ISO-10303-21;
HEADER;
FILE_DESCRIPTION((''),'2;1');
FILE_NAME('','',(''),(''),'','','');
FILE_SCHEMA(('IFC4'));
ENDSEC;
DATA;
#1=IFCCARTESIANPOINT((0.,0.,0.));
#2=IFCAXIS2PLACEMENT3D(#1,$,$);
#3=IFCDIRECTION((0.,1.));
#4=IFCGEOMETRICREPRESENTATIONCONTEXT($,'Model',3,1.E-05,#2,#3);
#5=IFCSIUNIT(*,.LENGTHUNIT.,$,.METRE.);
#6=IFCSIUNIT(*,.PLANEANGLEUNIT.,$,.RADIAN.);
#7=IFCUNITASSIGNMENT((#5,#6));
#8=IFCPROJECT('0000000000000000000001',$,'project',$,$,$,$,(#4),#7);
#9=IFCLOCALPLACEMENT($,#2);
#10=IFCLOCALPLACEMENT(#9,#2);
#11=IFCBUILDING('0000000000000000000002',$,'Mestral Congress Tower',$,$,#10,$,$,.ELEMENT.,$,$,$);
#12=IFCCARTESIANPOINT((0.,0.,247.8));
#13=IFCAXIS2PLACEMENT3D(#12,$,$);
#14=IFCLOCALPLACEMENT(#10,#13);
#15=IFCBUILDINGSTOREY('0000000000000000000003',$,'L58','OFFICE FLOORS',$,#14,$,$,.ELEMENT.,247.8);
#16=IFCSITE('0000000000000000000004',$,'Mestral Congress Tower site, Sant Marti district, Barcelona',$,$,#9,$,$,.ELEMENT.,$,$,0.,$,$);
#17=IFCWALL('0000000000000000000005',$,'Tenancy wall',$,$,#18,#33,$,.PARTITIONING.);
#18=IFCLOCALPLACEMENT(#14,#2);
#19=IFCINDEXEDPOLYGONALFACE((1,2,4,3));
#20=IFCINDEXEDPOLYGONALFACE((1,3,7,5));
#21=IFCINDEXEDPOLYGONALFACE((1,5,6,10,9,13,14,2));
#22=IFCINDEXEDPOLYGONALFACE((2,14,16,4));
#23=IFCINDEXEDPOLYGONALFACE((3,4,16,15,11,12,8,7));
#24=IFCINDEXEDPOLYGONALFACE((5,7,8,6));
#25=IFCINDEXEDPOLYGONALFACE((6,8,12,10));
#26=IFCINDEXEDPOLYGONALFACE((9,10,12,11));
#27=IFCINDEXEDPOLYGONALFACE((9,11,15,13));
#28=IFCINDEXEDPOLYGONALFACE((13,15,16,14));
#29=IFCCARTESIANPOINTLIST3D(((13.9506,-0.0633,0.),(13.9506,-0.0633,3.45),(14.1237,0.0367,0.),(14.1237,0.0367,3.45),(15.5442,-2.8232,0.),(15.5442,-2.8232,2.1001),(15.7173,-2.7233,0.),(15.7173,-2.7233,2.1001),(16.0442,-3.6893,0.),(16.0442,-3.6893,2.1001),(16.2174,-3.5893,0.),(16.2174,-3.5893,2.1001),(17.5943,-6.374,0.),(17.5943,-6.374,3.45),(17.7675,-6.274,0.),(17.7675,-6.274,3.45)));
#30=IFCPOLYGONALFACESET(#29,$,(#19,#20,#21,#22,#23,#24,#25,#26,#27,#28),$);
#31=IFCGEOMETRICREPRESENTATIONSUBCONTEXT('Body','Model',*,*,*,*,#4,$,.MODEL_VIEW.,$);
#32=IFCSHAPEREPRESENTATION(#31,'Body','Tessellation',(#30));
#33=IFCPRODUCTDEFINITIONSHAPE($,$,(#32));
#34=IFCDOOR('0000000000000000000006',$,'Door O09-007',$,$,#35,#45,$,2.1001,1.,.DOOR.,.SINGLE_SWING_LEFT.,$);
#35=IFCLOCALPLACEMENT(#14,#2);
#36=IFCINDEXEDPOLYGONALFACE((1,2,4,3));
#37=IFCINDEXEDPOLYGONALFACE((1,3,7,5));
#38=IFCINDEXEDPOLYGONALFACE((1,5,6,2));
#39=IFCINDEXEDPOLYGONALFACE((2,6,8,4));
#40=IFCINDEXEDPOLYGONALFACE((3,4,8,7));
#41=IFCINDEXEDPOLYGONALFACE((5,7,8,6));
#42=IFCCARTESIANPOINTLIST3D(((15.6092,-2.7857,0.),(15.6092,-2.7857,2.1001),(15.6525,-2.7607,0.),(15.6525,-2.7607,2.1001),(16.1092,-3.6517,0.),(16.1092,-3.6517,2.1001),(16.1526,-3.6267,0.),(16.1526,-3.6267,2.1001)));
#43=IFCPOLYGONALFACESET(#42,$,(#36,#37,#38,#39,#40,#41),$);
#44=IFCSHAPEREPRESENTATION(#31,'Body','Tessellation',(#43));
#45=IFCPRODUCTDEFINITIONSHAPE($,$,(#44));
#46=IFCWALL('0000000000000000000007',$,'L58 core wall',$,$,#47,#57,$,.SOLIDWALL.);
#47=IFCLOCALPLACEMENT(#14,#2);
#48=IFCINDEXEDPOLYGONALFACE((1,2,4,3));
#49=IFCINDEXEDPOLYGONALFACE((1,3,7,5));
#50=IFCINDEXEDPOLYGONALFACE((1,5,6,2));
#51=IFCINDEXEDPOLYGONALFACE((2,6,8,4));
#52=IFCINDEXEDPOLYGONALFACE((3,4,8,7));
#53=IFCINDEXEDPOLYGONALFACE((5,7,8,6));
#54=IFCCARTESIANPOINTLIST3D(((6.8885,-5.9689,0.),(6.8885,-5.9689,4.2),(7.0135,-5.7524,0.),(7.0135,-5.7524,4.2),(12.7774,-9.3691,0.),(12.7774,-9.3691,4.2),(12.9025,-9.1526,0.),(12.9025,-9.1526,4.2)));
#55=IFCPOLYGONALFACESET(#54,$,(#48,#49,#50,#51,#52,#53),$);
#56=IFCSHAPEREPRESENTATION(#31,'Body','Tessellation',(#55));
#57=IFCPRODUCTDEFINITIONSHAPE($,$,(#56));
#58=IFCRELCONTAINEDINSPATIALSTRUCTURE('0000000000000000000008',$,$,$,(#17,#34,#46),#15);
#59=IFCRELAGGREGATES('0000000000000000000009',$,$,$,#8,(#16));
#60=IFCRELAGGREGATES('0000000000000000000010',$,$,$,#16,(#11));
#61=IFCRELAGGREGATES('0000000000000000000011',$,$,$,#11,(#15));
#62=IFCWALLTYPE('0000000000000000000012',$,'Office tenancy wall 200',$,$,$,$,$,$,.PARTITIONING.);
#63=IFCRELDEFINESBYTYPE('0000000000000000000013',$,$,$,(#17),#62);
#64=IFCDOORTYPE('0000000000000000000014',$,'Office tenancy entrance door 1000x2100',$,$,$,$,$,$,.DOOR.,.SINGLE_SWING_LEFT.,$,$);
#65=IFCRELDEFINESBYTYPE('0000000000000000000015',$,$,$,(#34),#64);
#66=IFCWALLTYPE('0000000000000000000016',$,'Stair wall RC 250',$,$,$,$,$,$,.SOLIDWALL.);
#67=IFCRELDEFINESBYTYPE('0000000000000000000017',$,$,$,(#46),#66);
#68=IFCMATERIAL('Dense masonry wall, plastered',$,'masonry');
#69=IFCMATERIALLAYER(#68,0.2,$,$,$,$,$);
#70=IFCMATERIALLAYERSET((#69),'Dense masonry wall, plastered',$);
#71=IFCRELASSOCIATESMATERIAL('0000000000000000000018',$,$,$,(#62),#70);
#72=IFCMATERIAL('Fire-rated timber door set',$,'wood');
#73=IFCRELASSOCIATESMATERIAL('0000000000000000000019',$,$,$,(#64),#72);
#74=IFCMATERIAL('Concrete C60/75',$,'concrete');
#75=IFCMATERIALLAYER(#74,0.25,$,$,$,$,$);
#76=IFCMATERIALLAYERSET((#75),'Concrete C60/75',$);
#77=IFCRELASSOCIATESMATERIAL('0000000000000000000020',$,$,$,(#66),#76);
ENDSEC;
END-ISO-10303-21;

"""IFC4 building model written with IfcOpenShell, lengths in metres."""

from ifc_helpers import new_model, si_unit, direction, frame, frame_2d, origin, place, context, subcontext, project, spatial, rectangle, extrude, material, layer, layer_set, type_object, element, fill, save


model = new_model("IFC4")

# Units and contexts
model_context = context("Model", 3, precision=1e-05, world=origin(), true_north=direction((0.0, 1.0)))
body_context = subcontext(model_context, "Body", "Model", "MODEL_VIEW")
ifc_project = project(units=[si_unit("LENGTHUNIT", "METRE"), si_unit("PLANEANGLEUNIT", "RADIAN")], contexts=[model_context])

# Site, building, storey
site_placement = place(None, origin())
site = spatial("IfcSite", under=ifc_project, at=site_placement, Name="Mestral Congress Tower site, Sant Marti district, Barcelona", CompositionType="ELEMENT", RefElevation=0.0)
building_placement = place(site_placement, origin())
building = spatial("IfcBuilding", under=site, at=building_placement, Name="Mestral Congress Tower", CompositionType="ELEMENT")
storey_placement = place(building_placement, frame((0.0, 0.0, 247.8)))
storey = spatial("IfcBuildingStorey", under=building, at=storey_placement, Name="L58", Description="OFFICE FLOORS", CompositionType="ELEMENT", Elevation=247.8)

# Shared definitions
ifc_material_1 = material(Name="Concrete C60/75", Category="concrete")

# Shared definitions
ifc_material_2 = material(Name="Dense masonry wall, plastered", Category="masonry")
ifc_layer_1 = layer(ifc_material_2, 0.2)
ifc_layer_set_1 = layer_set([ifc_layer_1], Name="Dense masonry wall, plastered")
wall_type_1 = type_object("IfcWallType", Name="Office tenancy wall 200", PredefinedType="PARTITIONING", material=ifc_layer_set_1)

# Wall, opening, door
wall_1_placement = place(storey_placement, frame((17.6809, -6.324, 0.0), z_axis=(0.0, 0.0, 1.0), x_axis=(-0.500027, 0.86601, 0.0)))
wall_1 = element("IfcWall", 1, at=wall_1_placement, inside=storey, type_object=wall_type_1, Name="Tenancy wall", PredefinedType="PARTITIONING", context=body_context, shape_type="SweptSolid", body=[
    extrude(rectangle(XDim=7.2871, YDim=0.2, at=frame_2d((3.6436, 0.0))), origin(), (0.0, 0.0, 1.0), 3.45),
])
opening_1_placement = place(wall_1_placement, frame((3.1001, 0.0, 0.0)))
opening_1 = element("IfcOpeningElement", 2, at=opening_1_placement, cuts=wall_1, PredefinedType="OPENING", context=body_context, shape_type="SweptSolid", body=[
    extrude(rectangle(XDim=1.0, YDim=2.1001, at=frame_2d((0.5, 1.05))), frame((0.0, 0.1099, 0.0), z_axis=(0.0, -1.0, 0.0), x_axis=(1.0, 0.0, 0.0)), (0.0, 0.0, 1.0), 0.22),
])
ifc_material_3 = material(Name="Fire-rated timber door set", Category="wood")
door_type_1 = type_object("IfcDoorType", Name="Office tenancy entrance door 1000x2100", OperationType="SINGLE_SWING_LEFT", PredefinedType="DOOR", material=ifc_material_3)
door_1_placement = place(opening_1_placement, origin())
door_1 = element("IfcDoor", 3, at=door_1_placement, inside=storey, type_object=door_type_1, Name="Door O09-007", OperationType="SINGLE_SWING_LEFT", OverallHeight=2.1001, OverallWidth=1.0, PredefinedType="DOOR", context=body_context, shape_type="SweptSolid", body=[
    extrude(rectangle(XDim=1.0, YDim=2.1001, at=frame_2d((0.5, 1.05))), frame((0.0, 0.0249, 0.0), z_axis=(0.0, -1.0, 0.0), x_axis=(1.0, 0.0, 0.0)), (0.0, 0.0, 1.0), 0.05),
])
fill(opening_1, door_1)

# Wall
ifc_layer_2 = layer(ifc_material_1, 0.25)
ifc_layer_set_2 = layer_set([ifc_layer_2], Name="Concrete C60/75")
wall_type_2 = type_object("IfcWallType", Name="Stair wall RC 250", PredefinedType="SOLIDWALL", material=ifc_layer_set_2)
wall_2_placement = place(storey_placement, frame((12.8398, -9.2607, 0.0), z_axis=(0.0, 0.0, 1.0), x_axis=(-0.866014, 0.50002, 0.0)))
element("IfcWall", 4, at=wall_2_placement, inside=storey, type_object=wall_type_2, Name="L58 core wall", PredefinedType="SOLIDWALL", context=body_context, shape_type="SweptSolid", body=[
    extrude(rectangle(XDim=6.8, YDim=0.25, at=frame_2d((3.3999, 0.0))), origin(), (0.0, 0.0, 1.0), 4.2),
])

save(model, "model.ifc")
